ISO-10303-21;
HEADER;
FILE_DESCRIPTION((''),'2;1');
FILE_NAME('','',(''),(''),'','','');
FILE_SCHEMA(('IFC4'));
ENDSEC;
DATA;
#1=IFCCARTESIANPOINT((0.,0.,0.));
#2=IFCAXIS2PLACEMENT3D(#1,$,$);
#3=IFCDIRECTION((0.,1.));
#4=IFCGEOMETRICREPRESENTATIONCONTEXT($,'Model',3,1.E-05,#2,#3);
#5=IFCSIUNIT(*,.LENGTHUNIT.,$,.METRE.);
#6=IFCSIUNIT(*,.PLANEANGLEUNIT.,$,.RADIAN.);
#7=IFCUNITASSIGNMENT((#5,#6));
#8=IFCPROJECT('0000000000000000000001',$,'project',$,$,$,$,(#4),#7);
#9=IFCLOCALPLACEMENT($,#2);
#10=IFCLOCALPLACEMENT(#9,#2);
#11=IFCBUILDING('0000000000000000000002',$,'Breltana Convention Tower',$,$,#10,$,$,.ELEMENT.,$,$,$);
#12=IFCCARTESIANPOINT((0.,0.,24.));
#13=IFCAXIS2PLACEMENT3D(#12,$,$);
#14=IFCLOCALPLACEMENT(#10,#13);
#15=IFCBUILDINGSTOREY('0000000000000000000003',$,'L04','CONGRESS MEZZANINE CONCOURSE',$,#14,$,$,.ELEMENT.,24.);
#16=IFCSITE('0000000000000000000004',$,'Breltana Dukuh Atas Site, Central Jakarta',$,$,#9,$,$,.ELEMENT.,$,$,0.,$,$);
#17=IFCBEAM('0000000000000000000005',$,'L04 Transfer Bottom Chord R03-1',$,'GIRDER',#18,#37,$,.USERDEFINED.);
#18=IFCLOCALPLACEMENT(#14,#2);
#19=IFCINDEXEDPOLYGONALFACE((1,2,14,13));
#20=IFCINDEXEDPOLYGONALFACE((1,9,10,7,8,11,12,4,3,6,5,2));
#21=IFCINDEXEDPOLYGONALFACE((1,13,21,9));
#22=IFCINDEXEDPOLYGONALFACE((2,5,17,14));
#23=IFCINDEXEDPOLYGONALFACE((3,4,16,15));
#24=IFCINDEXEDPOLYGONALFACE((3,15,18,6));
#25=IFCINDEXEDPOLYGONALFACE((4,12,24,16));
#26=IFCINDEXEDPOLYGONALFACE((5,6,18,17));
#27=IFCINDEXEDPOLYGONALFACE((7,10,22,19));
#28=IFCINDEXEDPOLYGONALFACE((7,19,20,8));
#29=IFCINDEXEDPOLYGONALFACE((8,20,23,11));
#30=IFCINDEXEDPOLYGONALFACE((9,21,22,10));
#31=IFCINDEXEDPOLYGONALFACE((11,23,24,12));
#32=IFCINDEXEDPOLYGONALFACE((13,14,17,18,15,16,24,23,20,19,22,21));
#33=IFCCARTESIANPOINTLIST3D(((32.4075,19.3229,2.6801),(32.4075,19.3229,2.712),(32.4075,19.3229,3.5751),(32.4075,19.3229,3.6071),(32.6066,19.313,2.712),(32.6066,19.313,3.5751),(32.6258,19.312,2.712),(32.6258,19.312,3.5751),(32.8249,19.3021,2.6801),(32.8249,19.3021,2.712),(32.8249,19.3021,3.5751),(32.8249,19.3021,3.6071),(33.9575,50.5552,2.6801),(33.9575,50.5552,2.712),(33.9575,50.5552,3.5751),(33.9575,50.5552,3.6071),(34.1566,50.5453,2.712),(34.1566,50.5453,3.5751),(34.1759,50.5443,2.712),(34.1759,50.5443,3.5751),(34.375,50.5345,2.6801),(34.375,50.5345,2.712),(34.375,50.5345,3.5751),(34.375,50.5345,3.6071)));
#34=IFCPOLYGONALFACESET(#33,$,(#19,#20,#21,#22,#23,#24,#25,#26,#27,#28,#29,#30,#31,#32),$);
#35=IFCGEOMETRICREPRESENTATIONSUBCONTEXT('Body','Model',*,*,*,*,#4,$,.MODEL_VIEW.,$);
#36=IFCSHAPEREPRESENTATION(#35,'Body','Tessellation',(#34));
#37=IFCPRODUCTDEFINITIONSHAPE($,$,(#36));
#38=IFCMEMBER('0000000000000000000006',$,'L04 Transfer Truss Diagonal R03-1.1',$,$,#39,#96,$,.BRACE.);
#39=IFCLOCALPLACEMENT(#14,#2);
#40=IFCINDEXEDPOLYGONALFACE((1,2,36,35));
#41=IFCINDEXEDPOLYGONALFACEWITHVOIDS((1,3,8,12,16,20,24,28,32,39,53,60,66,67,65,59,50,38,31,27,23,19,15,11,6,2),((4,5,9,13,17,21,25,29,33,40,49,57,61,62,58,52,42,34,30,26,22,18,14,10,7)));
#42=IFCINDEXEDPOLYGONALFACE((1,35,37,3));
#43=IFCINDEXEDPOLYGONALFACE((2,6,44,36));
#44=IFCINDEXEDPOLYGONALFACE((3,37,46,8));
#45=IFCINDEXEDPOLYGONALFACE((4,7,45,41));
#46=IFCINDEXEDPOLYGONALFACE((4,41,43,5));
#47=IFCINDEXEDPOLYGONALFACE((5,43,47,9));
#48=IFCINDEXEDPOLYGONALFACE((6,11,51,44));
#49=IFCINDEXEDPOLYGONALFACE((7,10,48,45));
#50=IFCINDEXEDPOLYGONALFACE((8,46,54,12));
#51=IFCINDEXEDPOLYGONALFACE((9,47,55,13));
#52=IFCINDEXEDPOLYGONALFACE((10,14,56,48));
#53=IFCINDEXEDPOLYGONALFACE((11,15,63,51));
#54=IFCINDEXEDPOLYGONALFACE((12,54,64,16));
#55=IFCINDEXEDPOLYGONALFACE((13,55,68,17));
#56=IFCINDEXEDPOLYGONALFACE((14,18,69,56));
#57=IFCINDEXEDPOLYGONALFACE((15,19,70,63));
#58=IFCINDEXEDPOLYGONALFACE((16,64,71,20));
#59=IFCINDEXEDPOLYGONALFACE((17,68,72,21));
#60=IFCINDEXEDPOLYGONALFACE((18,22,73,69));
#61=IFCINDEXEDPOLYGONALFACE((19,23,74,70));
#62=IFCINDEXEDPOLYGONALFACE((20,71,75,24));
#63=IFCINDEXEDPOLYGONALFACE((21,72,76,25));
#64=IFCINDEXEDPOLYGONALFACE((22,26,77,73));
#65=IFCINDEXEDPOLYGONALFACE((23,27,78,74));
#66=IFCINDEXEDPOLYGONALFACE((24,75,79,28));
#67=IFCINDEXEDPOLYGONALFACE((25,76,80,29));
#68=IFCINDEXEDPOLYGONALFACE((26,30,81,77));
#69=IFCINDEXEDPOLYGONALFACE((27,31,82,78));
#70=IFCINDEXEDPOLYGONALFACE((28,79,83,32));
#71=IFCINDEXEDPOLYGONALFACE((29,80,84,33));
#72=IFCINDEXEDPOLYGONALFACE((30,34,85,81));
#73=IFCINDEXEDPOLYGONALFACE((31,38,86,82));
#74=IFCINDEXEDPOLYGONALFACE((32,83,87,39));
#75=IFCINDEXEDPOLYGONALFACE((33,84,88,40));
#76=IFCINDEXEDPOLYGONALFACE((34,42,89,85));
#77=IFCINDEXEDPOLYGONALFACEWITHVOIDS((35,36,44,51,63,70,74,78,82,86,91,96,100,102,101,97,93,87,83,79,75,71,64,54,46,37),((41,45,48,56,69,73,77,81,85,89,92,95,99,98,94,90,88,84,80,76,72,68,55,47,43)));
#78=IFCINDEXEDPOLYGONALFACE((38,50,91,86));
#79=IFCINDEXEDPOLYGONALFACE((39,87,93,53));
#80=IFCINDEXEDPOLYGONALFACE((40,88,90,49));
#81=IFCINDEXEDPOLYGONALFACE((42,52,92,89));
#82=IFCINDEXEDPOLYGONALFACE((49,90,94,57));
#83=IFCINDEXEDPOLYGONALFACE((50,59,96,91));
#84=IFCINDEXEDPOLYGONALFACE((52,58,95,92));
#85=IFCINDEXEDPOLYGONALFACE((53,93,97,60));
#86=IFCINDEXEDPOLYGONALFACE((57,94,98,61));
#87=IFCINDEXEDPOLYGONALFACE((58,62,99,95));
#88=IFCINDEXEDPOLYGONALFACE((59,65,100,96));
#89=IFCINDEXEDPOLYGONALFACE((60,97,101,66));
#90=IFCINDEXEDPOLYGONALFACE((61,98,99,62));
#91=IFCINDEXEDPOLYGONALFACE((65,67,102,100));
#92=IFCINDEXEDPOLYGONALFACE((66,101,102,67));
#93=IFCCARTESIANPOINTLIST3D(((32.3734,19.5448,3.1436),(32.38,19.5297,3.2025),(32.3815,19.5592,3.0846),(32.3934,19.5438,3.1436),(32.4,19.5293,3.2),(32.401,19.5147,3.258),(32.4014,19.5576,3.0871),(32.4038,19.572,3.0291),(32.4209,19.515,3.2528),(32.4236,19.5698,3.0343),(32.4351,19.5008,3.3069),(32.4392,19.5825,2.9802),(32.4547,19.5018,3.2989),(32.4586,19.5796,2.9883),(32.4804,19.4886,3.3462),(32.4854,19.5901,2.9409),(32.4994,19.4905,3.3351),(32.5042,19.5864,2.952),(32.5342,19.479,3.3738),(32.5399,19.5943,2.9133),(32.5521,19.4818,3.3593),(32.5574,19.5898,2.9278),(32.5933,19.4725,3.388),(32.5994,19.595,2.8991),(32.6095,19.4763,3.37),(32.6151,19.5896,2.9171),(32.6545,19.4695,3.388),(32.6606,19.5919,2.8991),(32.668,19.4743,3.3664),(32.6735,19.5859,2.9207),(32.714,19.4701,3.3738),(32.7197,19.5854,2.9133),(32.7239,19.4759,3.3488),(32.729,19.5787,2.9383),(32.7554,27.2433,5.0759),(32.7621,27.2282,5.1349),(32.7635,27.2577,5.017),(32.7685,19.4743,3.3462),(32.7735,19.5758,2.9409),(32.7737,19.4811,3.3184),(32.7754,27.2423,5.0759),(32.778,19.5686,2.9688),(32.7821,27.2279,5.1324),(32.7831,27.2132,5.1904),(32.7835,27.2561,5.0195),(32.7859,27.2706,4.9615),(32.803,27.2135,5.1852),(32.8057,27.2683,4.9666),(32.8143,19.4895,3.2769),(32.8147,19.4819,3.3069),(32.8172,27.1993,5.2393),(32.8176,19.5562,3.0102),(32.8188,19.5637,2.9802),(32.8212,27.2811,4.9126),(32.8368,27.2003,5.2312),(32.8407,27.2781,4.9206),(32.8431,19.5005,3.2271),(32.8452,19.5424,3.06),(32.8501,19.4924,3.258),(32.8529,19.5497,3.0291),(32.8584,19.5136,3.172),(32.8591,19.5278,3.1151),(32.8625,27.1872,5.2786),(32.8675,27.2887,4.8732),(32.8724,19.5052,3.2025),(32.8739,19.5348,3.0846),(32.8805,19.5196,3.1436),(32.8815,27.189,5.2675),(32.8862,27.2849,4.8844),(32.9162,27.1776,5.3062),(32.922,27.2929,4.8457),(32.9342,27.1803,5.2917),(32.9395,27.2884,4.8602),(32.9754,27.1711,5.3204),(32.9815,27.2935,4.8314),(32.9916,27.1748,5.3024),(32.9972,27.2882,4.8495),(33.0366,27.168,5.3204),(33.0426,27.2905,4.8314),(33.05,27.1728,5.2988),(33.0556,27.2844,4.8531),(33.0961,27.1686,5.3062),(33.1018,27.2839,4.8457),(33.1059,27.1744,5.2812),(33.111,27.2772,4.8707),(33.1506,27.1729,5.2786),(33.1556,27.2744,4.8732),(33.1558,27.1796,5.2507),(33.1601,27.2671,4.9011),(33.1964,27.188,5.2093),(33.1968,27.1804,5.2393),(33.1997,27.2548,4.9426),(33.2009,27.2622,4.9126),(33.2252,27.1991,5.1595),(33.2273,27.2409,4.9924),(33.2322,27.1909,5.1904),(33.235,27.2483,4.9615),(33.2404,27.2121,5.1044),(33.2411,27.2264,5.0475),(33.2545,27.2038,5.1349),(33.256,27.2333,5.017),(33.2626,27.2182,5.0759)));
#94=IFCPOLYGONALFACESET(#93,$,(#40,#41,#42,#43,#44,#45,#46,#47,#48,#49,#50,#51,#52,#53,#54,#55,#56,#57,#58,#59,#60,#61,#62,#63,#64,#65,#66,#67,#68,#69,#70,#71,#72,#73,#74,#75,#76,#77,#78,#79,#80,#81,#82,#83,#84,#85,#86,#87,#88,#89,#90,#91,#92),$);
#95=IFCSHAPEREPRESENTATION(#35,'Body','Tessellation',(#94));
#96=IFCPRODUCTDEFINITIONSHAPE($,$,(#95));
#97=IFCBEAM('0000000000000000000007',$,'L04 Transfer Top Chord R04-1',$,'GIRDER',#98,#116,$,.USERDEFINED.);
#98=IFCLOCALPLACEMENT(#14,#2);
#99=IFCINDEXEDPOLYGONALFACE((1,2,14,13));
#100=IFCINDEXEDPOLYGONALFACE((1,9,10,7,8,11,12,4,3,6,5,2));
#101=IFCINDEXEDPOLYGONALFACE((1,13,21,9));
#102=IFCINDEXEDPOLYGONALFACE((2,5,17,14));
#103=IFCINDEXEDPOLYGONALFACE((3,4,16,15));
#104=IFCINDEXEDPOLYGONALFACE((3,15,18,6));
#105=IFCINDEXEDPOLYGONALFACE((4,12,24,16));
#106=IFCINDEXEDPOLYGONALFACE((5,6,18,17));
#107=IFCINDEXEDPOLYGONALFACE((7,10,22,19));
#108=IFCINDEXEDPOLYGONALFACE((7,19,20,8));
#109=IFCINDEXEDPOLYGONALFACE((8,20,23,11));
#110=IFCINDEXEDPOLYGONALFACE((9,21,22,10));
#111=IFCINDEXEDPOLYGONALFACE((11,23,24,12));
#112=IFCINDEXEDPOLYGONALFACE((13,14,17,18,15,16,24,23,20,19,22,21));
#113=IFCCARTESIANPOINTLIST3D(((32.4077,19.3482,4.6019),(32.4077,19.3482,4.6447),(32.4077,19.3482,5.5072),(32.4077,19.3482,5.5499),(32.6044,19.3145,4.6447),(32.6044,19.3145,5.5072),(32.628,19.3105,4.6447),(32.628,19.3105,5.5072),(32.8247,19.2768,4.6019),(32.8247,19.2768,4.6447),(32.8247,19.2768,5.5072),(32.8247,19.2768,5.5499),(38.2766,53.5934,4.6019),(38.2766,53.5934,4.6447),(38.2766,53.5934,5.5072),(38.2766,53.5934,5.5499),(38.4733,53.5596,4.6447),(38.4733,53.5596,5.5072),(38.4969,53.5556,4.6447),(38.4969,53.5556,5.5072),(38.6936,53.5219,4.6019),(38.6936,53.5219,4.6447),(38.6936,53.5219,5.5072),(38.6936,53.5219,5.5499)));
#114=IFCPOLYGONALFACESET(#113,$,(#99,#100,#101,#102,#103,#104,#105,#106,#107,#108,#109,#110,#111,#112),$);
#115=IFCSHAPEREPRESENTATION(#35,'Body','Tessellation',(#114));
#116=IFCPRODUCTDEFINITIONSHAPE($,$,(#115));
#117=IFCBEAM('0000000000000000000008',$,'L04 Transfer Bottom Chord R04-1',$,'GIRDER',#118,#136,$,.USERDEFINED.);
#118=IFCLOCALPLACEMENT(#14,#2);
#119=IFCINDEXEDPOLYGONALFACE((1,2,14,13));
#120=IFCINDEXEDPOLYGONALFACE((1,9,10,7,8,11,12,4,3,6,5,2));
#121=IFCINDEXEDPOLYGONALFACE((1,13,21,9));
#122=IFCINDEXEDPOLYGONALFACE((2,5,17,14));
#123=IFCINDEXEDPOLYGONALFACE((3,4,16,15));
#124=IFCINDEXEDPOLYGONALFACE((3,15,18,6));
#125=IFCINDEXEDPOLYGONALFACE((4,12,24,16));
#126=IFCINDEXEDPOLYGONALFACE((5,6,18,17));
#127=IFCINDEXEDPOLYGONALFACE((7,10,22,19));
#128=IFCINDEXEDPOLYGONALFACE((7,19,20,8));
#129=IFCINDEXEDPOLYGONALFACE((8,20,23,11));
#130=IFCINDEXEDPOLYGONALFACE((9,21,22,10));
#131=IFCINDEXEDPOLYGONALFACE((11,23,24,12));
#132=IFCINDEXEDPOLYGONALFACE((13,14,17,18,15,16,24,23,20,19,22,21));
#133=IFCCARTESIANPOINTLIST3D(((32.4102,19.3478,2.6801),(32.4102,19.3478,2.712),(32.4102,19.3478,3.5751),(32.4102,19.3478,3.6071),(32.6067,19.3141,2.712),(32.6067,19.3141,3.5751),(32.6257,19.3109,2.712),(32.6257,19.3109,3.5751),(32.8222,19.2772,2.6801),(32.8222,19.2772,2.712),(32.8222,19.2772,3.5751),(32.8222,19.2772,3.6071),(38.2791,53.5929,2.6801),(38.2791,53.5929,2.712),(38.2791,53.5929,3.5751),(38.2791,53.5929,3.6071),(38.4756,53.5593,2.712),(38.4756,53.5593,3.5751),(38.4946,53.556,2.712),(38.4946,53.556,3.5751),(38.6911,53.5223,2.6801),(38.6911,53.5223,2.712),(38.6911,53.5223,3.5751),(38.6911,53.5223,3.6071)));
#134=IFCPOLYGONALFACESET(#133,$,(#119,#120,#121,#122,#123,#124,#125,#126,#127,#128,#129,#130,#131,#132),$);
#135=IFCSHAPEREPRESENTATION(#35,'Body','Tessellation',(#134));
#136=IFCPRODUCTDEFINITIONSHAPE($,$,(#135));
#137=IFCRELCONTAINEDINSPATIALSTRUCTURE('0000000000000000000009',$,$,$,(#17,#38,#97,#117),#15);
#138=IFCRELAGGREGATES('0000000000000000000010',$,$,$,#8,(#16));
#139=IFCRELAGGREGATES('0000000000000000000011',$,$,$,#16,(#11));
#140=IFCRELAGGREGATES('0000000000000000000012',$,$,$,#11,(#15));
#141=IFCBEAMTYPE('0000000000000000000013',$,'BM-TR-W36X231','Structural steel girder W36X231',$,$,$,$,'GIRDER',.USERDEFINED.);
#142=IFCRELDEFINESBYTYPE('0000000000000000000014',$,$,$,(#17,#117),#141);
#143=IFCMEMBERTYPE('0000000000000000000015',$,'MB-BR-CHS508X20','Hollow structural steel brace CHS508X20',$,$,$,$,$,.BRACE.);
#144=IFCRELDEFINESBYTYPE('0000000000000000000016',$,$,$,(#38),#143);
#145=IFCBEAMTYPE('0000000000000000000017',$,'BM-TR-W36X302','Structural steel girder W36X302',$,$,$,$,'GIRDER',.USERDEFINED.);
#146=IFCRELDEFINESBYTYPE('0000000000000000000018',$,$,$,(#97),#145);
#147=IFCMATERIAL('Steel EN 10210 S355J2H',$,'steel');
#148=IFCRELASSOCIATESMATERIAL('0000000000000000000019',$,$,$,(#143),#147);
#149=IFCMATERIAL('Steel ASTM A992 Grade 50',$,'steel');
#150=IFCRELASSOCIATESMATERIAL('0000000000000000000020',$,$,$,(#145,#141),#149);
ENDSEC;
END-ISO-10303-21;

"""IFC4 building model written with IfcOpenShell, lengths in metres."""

from ifc_helpers import new_model, si_unit, direction, frame, origin, origin_2d, place, context, subcontext, project, spatial, hollow_circle, i_section, extrude, source, transform, mapped, material, material_profile, profile_set, type_object, element, save


model = new_model("IFC4")

# Units and contexts
model_context = context("Model", 3, precision=1e-05, world=origin(), true_north=direction((0.0, 1.0)))
body_context = subcontext(model_context, "Body", "Model", "MODEL_VIEW")
ifc_project = project(units=[si_unit("LENGTHUNIT", "METRE"), si_unit("PLANEANGLEUNIT", "RADIAN")], contexts=[model_context])

# Site, building, storey
site_placement = place(None, origin())
site = spatial("IfcSite", under=ifc_project, at=site_placement, Name="Breltana Dukuh Atas Site, Central Jakarta", CompositionType="ELEMENT", RefElevation=0.0)
building_placement = place(site_placement, origin())
building = spatial("IfcBuilding", under=site, at=building_placement, Name="Breltana Convention Tower", CompositionType="ELEMENT")
storey_placement = place(building_placement, frame((0.0, 0.0, 24.0)))
storey = spatial("IfcBuildingStorey", under=building, at=storey_placement, Name="L04", Description="CONGRESS MEZZANINE CONCOURSE", CompositionType="ELEMENT", Elevation=24.0)

# Shared definitions
ifc_material_1 = material(Name="Steel EN 10210 S355J2H", Category="steel")
ifc_material_profile_1 = material_profile(ifc_material_1, hollow_circle(Radius=0.2539, WallThickness=0.02, at=origin_2d()), Name="CHS508X20")
ifc_profile_set_1 = profile_set([ifc_material_profile_1], Name="Steel EN 10210 S355J2H")
member_type = type_object("IfcMemberType", Name="MB-BR-CHS508X20", Description="Hollow structural steel brace CHS508X20", PredefinedType="BRACE", material=ifc_profile_set_1)

# Beam
ifc_material_2 = material(Name="Steel ASTM A992 Grade 50", Category="steel")
ifc_material_profile_2 = material_profile(ifc_material_2, i_section(OverallWidth=0.4231, OverallDepth=0.948, WebThickness=0.0239, FlangeThickness=0.0427, at=origin_2d()), Name="W36X302")
ifc_profile_set_2 = profile_set([ifc_material_profile_2], Name="Steel ASTM A992 Grade 50")
beam_type_1 = type_object("IfcBeamType", Name="BM-TR-W36X302", Description="Structural steel girder W36X302", ElementType="GIRDER", PredefinedType="USERDEFINED", material=ifc_profile_set_2)
ifc_material_profile_3 = material_profile(ifc_material_2, i_section(OverallWidth=0.418, OverallDepth=0.927, WebThickness=0.0193, FlangeThickness=0.032, at=origin_2d()), Name="W36X231")
ifc_profile_set_3 = profile_set([ifc_material_profile_3], Name="Steel ASTM A992 Grade 50")
beam_type_2 = type_object("IfcBeamType", Name="BM-TR-W36X231", Description="Structural steel girder W36X231", ElementType="GIRDER", PredefinedType="USERDEFINED", material=ifc_profile_set_3)
shared_shape_1 = source(origin(), body_context, "Body", "SweptSolid", [
    extrude(i_section(OverallWidth=0.418, OverallDepth=0.927, WebThickness=0.0193, FlangeThickness=0.032, at=origin_2d()), origin(), (0.0, 0.0, 1.0), 31.2708),
])
beam_1_placement = place(storey_placement, frame((32.6162, 19.3125, 3.1436), z_axis=(0.049568, 0.998771, 0.0), x_axis=(-0.998771, 0.049568, 0.0)))
element("IfcBeam", 1, at=beam_1_placement, inside=storey, type_object=beam_type_2, Name="L04 Transfer Bottom Chord R03-1", ObjectType="GIRDER", PredefinedType="USERDEFINED", context=body_context, shape_type="MappedRepresentation", body=[
    mapped(shared_shape_1, transform((0.0, 0.0, 0.0), scale=1.0)),
])

# Member
shared_shape_2 = source(origin(), body_context, "Body", "SweptSolid", [
    extrude(hollow_circle(Radius=0.2539, WallThickness=0.02, at=origin_2d()), origin(), (0.0, 0.0, 1.0), 7.9465),
])
member_1_placement = place(storey_placement, frame((32.627, 19.5322, 3.1436), z_axis=(0.048082, 0.96879, 0.243173), x_axis=(-0.998771, 0.04957, 0.0)))
element("IfcMember", 2, at=member_1_placement, inside=storey, type_object=member_type, Name="L04 Transfer Truss Diagonal R03-1.1", PredefinedType="BRACE", context=body_context, shape_type="MappedRepresentation", body=[
    mapped(shared_shape_2, transform((0.0, 0.0, 0.0), scale=1.0)),
])

# Beams
shared_shape_3 = source(origin(), body_context, "Body", "SweptSolid", [
    extrude(i_section(OverallWidth=0.4231, OverallDepth=0.948, WebThickness=0.0239, FlangeThickness=0.0427, at=origin_2d()), origin(), (0.0, 0.0, 1.0), 34.7444),
])
beam_2_placement = place(storey_placement, frame((32.6162, 19.3125, 5.0759), z_axis=(0.168916, 0.98563, 0.0), x_axis=(-0.98563, 0.168916, 0.0)))
element("IfcBeam", 3, at=beam_2_placement, inside=storey, type_object=beam_type_1, Name="L04 Transfer Top Chord R04-1", ObjectType="GIRDER", PredefinedType="USERDEFINED", context=body_context, shape_type="MappedRepresentation", body=[
    mapped(shared_shape_3, transform((0.0, 0.0, 0.0), scale=1.0)),
])
shared_shape_4 = source(origin(), body_context, "Body", "SweptSolid", [
    extrude(i_section(OverallWidth=0.418, OverallDepth=0.927, WebThickness=0.0193, FlangeThickness=0.032, at=origin_2d()), origin(), (0.0, 0.0, 1.0), 34.7444),
])
beam_3_placement = place(storey_placement, frame((32.6162, 19.3125, 3.1436), z_axis=(0.168916, 0.98563, 0.0), x_axis=(-0.98563, 0.168916, 0.0)))
element("IfcBeam", 4, at=beam_3_placement, inside=storey, type_object=beam_type_2, Name="L04 Transfer Bottom Chord R04-1", ObjectType="GIRDER", PredefinedType="USERDEFINED", context=body_context, shape_type="MappedRepresentation", body=[
    mapped(shared_shape_4, transform((0.0, 0.0, 0.0), scale=1.0)),
])

save(model, "model.ifc")
